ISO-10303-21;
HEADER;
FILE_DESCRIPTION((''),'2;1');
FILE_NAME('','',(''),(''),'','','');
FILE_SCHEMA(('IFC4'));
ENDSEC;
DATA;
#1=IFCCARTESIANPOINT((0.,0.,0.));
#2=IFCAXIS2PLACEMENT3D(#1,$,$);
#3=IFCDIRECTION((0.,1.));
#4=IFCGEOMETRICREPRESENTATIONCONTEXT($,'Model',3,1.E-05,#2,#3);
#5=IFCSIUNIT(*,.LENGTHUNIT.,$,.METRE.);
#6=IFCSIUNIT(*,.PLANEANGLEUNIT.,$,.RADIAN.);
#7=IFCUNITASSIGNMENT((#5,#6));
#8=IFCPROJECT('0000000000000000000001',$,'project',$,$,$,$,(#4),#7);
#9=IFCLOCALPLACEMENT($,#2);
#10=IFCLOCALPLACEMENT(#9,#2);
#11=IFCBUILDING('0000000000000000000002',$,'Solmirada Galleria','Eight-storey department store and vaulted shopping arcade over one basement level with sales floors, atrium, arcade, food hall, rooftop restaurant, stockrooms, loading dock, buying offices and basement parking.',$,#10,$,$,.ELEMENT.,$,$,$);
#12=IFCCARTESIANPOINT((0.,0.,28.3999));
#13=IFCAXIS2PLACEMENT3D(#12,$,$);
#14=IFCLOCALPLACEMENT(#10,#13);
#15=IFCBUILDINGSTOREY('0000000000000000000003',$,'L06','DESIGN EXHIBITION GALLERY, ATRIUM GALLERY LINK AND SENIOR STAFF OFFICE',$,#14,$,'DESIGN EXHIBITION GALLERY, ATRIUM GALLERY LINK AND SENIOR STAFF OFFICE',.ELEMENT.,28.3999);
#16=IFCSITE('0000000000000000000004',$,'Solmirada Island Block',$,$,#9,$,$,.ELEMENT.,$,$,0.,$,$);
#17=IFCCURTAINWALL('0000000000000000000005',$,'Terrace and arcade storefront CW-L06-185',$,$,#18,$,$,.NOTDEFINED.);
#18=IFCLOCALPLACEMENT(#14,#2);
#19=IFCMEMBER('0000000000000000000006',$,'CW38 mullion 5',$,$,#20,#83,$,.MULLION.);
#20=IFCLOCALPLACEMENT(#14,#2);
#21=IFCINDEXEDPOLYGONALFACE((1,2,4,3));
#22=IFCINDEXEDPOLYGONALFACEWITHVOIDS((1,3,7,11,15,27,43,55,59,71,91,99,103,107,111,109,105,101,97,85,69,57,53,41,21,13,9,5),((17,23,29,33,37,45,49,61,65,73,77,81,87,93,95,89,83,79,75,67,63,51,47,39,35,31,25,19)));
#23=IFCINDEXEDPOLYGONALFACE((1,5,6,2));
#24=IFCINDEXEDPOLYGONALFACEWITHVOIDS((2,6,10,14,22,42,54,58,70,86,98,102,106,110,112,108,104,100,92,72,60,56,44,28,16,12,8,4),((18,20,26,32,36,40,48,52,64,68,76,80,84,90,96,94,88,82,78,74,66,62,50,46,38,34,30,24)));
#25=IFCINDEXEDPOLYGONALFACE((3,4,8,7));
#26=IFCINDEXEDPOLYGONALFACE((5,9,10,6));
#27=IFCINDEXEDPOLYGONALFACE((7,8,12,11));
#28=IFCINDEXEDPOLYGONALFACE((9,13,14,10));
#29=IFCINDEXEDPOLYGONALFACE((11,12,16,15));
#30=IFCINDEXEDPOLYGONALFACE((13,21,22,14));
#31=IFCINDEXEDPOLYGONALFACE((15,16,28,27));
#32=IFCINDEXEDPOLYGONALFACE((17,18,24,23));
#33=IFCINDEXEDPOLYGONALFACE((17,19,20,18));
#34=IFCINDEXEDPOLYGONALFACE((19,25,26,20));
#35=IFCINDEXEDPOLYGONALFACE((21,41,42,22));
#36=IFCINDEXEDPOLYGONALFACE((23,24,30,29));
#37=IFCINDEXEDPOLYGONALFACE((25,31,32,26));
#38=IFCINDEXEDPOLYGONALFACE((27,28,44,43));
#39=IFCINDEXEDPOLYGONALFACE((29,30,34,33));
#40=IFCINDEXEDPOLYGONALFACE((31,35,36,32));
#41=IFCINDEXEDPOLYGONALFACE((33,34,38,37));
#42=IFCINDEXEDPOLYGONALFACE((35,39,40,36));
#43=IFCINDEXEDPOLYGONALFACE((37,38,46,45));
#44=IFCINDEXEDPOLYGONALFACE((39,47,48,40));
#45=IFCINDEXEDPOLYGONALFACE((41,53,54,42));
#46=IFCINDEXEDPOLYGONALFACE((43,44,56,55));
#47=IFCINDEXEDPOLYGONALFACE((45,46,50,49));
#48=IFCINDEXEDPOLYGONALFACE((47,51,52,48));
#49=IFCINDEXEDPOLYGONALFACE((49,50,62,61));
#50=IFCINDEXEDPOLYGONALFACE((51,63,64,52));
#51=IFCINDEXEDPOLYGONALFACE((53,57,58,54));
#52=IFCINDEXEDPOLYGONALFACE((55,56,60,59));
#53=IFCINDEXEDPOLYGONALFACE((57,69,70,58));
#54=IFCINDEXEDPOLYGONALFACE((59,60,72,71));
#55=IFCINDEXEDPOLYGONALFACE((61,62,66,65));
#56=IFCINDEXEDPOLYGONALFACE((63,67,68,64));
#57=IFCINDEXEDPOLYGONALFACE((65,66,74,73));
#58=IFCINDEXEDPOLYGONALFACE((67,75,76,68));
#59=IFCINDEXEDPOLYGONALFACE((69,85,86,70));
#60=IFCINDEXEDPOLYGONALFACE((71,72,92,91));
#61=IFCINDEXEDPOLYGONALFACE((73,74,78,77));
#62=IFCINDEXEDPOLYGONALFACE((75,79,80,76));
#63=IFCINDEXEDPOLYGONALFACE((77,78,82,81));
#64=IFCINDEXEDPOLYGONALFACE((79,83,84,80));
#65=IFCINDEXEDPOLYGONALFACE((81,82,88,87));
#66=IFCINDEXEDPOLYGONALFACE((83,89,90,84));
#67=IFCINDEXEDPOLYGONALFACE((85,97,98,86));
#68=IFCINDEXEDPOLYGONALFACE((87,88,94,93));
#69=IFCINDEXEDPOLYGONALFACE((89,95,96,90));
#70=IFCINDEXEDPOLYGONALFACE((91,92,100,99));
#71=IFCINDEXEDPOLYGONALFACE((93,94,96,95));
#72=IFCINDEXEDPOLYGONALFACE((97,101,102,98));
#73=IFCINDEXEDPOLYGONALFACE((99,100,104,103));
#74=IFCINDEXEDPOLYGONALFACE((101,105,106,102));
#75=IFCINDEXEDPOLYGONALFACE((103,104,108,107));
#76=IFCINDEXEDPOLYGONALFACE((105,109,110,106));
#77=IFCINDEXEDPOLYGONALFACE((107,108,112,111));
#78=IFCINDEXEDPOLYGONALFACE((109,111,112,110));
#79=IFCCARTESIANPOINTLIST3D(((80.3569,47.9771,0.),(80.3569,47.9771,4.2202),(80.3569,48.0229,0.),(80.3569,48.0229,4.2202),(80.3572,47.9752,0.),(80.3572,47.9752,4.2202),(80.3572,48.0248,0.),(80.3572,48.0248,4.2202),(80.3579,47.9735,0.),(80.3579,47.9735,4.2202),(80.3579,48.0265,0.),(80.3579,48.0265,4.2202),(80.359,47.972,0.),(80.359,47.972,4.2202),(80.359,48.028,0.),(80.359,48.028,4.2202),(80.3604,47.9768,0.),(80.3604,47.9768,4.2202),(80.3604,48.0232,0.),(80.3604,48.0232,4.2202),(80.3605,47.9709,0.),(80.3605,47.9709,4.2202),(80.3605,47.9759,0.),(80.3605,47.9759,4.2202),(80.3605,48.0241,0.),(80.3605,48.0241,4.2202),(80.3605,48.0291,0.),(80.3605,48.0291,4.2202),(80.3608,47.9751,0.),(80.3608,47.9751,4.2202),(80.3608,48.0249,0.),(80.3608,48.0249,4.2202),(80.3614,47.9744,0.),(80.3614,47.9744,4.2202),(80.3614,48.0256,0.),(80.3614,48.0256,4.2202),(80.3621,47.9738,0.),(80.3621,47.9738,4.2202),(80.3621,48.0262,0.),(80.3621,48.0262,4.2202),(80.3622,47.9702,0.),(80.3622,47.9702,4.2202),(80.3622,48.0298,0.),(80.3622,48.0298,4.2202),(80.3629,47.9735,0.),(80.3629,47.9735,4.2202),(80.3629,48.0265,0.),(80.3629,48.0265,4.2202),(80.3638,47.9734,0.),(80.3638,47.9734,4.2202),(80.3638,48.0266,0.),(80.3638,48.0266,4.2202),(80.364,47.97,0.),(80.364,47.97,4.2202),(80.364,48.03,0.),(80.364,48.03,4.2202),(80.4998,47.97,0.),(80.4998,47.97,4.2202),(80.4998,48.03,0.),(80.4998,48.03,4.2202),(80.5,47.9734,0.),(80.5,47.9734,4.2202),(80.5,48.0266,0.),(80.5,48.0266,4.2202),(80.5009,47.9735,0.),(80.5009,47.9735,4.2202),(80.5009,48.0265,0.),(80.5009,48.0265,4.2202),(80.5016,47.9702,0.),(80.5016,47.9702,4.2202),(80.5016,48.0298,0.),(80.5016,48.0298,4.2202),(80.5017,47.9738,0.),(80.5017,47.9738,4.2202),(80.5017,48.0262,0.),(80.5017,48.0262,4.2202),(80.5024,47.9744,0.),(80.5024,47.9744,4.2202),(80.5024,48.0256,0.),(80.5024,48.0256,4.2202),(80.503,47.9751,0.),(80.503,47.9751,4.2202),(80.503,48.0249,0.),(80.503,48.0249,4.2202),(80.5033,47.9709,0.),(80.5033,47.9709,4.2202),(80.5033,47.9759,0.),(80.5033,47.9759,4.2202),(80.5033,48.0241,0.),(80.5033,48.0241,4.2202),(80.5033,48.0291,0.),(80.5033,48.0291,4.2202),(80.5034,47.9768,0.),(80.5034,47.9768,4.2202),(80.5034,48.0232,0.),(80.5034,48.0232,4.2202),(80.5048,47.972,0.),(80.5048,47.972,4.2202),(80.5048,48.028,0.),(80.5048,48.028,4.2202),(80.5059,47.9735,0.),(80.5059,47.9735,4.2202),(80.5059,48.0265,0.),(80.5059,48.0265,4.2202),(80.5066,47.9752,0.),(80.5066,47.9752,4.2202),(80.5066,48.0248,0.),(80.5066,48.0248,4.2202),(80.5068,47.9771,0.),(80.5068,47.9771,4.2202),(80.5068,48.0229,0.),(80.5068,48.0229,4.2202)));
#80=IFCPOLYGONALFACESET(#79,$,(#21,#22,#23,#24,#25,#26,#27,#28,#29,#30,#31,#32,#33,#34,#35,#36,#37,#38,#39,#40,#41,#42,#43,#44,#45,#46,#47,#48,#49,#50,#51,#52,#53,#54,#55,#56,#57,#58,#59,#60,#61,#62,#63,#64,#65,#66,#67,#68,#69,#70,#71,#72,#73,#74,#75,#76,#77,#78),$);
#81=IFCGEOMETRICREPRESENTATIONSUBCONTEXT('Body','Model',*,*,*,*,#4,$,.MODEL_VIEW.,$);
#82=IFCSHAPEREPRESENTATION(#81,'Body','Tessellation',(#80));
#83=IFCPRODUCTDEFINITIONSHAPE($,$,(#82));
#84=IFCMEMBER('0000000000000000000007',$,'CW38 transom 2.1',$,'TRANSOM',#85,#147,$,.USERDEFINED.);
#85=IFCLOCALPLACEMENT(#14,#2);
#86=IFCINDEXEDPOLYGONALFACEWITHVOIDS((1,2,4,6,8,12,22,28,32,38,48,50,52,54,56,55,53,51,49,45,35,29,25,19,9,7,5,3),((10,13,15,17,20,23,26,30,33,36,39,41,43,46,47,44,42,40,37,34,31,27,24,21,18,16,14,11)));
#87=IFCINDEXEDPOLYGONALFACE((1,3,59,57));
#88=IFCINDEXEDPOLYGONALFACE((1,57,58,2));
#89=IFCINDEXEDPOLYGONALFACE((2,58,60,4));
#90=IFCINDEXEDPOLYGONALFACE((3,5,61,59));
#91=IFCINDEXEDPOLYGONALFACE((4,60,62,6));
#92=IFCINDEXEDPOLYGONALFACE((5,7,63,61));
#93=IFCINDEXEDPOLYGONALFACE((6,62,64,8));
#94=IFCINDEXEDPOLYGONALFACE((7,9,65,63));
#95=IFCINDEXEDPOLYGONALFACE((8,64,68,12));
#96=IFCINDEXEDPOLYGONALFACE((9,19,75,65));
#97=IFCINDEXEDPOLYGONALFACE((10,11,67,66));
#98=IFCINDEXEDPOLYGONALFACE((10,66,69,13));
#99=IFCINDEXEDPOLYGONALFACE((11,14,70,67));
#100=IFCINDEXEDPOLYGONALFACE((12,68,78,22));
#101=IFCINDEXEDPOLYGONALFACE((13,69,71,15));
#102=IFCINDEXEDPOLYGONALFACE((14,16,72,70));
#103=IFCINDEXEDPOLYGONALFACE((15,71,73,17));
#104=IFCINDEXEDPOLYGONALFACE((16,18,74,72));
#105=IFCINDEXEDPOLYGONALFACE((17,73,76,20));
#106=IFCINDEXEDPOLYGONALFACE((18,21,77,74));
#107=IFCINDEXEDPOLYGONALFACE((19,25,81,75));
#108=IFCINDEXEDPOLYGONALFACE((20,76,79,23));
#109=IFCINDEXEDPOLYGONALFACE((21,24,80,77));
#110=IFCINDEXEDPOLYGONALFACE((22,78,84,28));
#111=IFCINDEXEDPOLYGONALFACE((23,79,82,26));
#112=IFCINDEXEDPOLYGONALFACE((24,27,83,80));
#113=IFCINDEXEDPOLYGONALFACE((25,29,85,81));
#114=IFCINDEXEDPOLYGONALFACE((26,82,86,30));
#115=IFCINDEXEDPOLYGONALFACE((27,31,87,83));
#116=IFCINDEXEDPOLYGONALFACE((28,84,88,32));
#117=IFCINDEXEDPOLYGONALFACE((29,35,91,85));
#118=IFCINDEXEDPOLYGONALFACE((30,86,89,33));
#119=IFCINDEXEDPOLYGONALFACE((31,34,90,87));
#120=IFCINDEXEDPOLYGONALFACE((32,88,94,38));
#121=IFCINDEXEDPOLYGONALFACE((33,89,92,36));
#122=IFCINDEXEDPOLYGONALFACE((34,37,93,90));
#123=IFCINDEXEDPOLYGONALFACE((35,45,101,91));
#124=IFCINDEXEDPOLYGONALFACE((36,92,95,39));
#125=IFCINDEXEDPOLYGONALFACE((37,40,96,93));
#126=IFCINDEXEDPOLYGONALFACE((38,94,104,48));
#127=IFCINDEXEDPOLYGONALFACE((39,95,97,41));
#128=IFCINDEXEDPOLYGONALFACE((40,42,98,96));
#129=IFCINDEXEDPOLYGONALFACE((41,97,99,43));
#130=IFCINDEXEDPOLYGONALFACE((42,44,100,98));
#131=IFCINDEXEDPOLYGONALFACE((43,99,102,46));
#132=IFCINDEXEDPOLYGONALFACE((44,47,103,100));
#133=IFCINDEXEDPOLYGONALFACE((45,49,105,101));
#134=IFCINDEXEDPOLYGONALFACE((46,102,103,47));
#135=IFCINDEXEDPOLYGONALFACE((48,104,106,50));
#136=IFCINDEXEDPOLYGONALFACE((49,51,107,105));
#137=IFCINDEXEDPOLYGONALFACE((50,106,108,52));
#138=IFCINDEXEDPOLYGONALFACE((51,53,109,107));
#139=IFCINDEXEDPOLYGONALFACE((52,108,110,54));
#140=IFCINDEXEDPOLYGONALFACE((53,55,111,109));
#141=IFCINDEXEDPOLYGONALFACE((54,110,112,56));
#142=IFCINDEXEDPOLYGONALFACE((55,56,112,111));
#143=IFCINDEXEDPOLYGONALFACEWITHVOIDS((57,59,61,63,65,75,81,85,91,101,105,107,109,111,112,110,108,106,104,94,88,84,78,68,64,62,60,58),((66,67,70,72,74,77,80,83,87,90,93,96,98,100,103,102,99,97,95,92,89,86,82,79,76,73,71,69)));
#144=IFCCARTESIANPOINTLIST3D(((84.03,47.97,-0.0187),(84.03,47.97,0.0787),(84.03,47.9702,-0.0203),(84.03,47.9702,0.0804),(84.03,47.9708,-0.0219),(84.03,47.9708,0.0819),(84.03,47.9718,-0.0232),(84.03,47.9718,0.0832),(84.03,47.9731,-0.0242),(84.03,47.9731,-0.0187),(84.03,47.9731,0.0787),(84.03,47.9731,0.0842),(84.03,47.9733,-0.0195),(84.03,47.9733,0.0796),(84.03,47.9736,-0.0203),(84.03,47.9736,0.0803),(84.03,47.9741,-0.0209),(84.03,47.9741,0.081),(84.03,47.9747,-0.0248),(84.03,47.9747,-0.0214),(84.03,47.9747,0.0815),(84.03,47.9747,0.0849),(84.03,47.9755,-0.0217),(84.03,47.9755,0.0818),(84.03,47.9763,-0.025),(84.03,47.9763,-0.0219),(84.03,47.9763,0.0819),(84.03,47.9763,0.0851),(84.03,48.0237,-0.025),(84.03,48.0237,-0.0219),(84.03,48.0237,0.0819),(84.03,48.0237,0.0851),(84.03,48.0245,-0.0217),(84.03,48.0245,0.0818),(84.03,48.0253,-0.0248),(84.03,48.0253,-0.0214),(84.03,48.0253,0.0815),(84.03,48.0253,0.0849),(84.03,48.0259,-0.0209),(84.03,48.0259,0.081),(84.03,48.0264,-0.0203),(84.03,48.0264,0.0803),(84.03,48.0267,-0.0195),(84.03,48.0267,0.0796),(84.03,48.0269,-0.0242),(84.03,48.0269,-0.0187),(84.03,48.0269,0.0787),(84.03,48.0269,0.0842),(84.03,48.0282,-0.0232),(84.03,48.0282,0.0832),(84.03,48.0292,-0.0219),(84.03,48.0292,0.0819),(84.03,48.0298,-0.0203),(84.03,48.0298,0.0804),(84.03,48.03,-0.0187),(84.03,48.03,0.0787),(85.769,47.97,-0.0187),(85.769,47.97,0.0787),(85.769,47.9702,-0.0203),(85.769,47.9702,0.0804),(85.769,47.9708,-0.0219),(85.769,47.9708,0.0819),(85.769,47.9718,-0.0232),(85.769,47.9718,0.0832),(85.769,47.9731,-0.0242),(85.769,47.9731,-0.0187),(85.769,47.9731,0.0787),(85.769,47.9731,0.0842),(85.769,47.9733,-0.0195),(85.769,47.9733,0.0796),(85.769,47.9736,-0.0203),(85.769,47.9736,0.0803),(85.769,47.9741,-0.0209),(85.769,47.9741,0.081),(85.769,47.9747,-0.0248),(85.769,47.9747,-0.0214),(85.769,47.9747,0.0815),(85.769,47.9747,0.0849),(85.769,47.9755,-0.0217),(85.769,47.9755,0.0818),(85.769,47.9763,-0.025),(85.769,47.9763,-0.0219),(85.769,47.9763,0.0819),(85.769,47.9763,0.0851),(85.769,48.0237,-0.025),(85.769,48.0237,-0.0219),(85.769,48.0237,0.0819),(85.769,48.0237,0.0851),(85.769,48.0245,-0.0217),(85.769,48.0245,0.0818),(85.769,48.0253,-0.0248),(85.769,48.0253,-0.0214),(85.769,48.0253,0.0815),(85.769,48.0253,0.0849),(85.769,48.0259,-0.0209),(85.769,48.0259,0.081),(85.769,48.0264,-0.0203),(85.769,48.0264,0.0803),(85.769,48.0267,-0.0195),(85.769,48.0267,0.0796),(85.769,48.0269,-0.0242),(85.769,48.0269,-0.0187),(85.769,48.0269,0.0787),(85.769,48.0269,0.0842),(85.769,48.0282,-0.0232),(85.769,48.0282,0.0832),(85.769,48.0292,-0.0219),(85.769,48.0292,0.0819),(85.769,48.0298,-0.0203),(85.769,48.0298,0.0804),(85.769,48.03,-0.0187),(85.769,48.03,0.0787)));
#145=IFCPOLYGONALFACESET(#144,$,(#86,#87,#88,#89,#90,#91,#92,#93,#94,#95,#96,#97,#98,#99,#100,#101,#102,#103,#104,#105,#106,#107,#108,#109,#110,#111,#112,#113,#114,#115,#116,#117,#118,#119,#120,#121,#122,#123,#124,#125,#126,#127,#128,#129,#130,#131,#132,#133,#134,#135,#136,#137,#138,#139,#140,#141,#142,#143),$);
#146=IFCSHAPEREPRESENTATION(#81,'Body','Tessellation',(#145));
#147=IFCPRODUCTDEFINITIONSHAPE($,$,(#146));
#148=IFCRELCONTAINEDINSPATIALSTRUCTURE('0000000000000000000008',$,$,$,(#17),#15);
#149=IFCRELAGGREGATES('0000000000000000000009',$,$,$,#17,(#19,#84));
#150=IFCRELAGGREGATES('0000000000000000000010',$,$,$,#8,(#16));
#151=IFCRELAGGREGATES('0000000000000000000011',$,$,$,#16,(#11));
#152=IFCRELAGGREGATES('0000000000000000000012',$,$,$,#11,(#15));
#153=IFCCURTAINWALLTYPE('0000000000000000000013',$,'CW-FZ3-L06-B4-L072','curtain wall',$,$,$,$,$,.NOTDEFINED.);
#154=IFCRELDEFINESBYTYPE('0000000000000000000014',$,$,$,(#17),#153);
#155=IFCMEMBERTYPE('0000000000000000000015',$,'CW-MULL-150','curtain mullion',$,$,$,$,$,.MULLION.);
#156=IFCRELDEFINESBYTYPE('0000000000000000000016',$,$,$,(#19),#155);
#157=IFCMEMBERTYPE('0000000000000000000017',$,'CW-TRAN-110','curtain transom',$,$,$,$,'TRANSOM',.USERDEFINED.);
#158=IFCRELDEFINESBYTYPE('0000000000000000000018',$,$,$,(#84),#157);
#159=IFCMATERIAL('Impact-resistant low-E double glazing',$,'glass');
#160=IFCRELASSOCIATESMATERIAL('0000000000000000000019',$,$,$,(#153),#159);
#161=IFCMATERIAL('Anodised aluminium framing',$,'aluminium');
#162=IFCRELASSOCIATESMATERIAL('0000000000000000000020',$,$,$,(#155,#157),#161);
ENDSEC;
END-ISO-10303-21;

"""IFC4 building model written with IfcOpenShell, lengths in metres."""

from ifc_helpers import new_model, si_unit, direction, frame, origin, origin_2d, place, context, subcontext, project, spatial, hollow_rectangle, extrude, material, material_profile, profile_set, type_object, element, aggregate, save


model = new_model("IFC4")

# Units and contexts
model_context = context("Model", 3, precision=1e-05, world=origin(), true_north=direction((0.0, 1.0)))
body_context = subcontext(model_context, "Body", "Model", "MODEL_VIEW")
ifc_project = project(units=[si_unit("LENGTHUNIT", "METRE"), si_unit("PLANEANGLEUNIT", "RADIAN")], contexts=[model_context])

# Site, building, storey
site_placement = place(None, origin())
site = spatial("IfcSite", under=ifc_project, at=site_placement, Name="Solmirada Island Block", CompositionType="ELEMENT", RefElevation=0.0)
building_placement = place(site_placement, origin())
building = spatial("IfcBuilding", under=site, at=building_placement, Name="Solmirada Galleria", Description="Eight-storey department store and vaulted shopping arcade over one basement level with sales floors, atrium, arcade, food hall, rooftop restaurant, stockrooms, loading dock, buying offices and basement parking.", CompositionType="ELEMENT")
storey_placement = place(building_placement, frame((0.0, 0.0, 28.3999)))
storey = spatial("IfcBuildingStorey", under=building, at=storey_placement, Name="L06", Description="DESIGN EXHIBITION GALLERY, ATRIUM GALLERY LINK AND SENIOR STAFF OFFICE", LongName="DESIGN EXHIBITION GALLERY, ATRIUM GALLERY LINK AND SENIOR STAFF OFFICE", CompositionType="ELEMENT", Elevation=28.3999)

# Curtain wall, members
ifc_material_1 = material(Name="Impact-resistant low-E double glazing", Category="glass")
curtain_wall_type = type_object("IfcCurtainWallType", Name="CW-FZ3-L06-B4-L072", Description="curtain wall", PredefinedType="NOTDEFINED", material=ifc_material_1)
curtain_wall_placement = place(storey_placement, origin())
curtain_wall = element("IfcCurtainWall", 1, at=curtain_wall_placement, inside=storey, type_object=curtain_wall_type, Name="Terrace and arcade storefront CW-L06-185", PredefinedType="NOTDEFINED")
ifc_material_2 = material(Name="Anodised aluminium framing", Category="aluminium")
ifc_material_profile_1 = material_profile(ifc_material_2, hollow_rectangle(XDim=0.0601, YDim=0.1499, WallThickness=0.0034, InnerFilletRadius=0.0034, OuterFilletRadius=0.0071, at=origin_2d()), Name="ALU-MULL-150X60")
ifc_profile_set_1 = profile_set([ifc_material_profile_1], Name="Anodised aluminium framing")
member_type_1 = type_object("IfcMemberType", Name="CW-MULL-150", Description="curtain mullion", PredefinedType="MULLION", material=ifc_profile_set_1)
member_1_placement = place(storey_placement, frame((80.4319, 48.0, 0.0), z_axis=(0.0, 0.0, 1.0), x_axis=(0.0, -1.0, 0.0)))
member_1 = element("IfcMember", 2, at=member_1_placement, type_object=member_type_1, Name="CW38 mullion 5", PredefinedType="MULLION", context=body_context, shape_type="SweptSolid", body=[
    extrude(hollow_rectangle(XDim=0.0601, YDim=0.1499, WallThickness=0.0034, InnerFilletRadius=0.0034, OuterFilletRadius=0.0071, at=origin_2d()), origin(), (0.0, 0.0, 1.0), 4.2202),
])
ifc_material_profile_2 = material_profile(ifc_material_2, hollow_rectangle(XDim=0.0601, YDim=0.1101, WallThickness=0.0032, InnerFilletRadius=0.0032, OuterFilletRadius=0.0063, at=origin_2d()), Name="ALU-TRAN-110X60")
ifc_profile_set_2 = profile_set([ifc_material_profile_2], Name="Anodised aluminium framing")
member_type_2 = type_object("IfcMemberType", Name="CW-TRAN-110", Description="curtain transom", ElementType="TRANSOM", PredefinedType="USERDEFINED", material=ifc_profile_set_2)
member_2_placement = place(storey_placement, frame((85.769, 48.0, 0.03), z_axis=(-1.0, 0.0, 0.0), x_axis=(0.0, -1.0, 0.0)))
member_2 = element("IfcMember", 3, at=member_2_placement, type_object=member_type_2, Name="CW38 transom 2.1", ObjectType="TRANSOM", PredefinedType="USERDEFINED", context=body_context, shape_type="SweptSolid", body=[
    extrude(hollow_rectangle(XDim=0.0601, YDim=0.1101, WallThickness=0.0032, InnerFilletRadius=0.0032, OuterFilletRadius=0.0063, at=origin_2d()), origin(), (0.0, 0.0, 1.0), 1.739),
])
aggregate(curtain_wall, [member_1, member_2])

save(model, "model.ifc")
